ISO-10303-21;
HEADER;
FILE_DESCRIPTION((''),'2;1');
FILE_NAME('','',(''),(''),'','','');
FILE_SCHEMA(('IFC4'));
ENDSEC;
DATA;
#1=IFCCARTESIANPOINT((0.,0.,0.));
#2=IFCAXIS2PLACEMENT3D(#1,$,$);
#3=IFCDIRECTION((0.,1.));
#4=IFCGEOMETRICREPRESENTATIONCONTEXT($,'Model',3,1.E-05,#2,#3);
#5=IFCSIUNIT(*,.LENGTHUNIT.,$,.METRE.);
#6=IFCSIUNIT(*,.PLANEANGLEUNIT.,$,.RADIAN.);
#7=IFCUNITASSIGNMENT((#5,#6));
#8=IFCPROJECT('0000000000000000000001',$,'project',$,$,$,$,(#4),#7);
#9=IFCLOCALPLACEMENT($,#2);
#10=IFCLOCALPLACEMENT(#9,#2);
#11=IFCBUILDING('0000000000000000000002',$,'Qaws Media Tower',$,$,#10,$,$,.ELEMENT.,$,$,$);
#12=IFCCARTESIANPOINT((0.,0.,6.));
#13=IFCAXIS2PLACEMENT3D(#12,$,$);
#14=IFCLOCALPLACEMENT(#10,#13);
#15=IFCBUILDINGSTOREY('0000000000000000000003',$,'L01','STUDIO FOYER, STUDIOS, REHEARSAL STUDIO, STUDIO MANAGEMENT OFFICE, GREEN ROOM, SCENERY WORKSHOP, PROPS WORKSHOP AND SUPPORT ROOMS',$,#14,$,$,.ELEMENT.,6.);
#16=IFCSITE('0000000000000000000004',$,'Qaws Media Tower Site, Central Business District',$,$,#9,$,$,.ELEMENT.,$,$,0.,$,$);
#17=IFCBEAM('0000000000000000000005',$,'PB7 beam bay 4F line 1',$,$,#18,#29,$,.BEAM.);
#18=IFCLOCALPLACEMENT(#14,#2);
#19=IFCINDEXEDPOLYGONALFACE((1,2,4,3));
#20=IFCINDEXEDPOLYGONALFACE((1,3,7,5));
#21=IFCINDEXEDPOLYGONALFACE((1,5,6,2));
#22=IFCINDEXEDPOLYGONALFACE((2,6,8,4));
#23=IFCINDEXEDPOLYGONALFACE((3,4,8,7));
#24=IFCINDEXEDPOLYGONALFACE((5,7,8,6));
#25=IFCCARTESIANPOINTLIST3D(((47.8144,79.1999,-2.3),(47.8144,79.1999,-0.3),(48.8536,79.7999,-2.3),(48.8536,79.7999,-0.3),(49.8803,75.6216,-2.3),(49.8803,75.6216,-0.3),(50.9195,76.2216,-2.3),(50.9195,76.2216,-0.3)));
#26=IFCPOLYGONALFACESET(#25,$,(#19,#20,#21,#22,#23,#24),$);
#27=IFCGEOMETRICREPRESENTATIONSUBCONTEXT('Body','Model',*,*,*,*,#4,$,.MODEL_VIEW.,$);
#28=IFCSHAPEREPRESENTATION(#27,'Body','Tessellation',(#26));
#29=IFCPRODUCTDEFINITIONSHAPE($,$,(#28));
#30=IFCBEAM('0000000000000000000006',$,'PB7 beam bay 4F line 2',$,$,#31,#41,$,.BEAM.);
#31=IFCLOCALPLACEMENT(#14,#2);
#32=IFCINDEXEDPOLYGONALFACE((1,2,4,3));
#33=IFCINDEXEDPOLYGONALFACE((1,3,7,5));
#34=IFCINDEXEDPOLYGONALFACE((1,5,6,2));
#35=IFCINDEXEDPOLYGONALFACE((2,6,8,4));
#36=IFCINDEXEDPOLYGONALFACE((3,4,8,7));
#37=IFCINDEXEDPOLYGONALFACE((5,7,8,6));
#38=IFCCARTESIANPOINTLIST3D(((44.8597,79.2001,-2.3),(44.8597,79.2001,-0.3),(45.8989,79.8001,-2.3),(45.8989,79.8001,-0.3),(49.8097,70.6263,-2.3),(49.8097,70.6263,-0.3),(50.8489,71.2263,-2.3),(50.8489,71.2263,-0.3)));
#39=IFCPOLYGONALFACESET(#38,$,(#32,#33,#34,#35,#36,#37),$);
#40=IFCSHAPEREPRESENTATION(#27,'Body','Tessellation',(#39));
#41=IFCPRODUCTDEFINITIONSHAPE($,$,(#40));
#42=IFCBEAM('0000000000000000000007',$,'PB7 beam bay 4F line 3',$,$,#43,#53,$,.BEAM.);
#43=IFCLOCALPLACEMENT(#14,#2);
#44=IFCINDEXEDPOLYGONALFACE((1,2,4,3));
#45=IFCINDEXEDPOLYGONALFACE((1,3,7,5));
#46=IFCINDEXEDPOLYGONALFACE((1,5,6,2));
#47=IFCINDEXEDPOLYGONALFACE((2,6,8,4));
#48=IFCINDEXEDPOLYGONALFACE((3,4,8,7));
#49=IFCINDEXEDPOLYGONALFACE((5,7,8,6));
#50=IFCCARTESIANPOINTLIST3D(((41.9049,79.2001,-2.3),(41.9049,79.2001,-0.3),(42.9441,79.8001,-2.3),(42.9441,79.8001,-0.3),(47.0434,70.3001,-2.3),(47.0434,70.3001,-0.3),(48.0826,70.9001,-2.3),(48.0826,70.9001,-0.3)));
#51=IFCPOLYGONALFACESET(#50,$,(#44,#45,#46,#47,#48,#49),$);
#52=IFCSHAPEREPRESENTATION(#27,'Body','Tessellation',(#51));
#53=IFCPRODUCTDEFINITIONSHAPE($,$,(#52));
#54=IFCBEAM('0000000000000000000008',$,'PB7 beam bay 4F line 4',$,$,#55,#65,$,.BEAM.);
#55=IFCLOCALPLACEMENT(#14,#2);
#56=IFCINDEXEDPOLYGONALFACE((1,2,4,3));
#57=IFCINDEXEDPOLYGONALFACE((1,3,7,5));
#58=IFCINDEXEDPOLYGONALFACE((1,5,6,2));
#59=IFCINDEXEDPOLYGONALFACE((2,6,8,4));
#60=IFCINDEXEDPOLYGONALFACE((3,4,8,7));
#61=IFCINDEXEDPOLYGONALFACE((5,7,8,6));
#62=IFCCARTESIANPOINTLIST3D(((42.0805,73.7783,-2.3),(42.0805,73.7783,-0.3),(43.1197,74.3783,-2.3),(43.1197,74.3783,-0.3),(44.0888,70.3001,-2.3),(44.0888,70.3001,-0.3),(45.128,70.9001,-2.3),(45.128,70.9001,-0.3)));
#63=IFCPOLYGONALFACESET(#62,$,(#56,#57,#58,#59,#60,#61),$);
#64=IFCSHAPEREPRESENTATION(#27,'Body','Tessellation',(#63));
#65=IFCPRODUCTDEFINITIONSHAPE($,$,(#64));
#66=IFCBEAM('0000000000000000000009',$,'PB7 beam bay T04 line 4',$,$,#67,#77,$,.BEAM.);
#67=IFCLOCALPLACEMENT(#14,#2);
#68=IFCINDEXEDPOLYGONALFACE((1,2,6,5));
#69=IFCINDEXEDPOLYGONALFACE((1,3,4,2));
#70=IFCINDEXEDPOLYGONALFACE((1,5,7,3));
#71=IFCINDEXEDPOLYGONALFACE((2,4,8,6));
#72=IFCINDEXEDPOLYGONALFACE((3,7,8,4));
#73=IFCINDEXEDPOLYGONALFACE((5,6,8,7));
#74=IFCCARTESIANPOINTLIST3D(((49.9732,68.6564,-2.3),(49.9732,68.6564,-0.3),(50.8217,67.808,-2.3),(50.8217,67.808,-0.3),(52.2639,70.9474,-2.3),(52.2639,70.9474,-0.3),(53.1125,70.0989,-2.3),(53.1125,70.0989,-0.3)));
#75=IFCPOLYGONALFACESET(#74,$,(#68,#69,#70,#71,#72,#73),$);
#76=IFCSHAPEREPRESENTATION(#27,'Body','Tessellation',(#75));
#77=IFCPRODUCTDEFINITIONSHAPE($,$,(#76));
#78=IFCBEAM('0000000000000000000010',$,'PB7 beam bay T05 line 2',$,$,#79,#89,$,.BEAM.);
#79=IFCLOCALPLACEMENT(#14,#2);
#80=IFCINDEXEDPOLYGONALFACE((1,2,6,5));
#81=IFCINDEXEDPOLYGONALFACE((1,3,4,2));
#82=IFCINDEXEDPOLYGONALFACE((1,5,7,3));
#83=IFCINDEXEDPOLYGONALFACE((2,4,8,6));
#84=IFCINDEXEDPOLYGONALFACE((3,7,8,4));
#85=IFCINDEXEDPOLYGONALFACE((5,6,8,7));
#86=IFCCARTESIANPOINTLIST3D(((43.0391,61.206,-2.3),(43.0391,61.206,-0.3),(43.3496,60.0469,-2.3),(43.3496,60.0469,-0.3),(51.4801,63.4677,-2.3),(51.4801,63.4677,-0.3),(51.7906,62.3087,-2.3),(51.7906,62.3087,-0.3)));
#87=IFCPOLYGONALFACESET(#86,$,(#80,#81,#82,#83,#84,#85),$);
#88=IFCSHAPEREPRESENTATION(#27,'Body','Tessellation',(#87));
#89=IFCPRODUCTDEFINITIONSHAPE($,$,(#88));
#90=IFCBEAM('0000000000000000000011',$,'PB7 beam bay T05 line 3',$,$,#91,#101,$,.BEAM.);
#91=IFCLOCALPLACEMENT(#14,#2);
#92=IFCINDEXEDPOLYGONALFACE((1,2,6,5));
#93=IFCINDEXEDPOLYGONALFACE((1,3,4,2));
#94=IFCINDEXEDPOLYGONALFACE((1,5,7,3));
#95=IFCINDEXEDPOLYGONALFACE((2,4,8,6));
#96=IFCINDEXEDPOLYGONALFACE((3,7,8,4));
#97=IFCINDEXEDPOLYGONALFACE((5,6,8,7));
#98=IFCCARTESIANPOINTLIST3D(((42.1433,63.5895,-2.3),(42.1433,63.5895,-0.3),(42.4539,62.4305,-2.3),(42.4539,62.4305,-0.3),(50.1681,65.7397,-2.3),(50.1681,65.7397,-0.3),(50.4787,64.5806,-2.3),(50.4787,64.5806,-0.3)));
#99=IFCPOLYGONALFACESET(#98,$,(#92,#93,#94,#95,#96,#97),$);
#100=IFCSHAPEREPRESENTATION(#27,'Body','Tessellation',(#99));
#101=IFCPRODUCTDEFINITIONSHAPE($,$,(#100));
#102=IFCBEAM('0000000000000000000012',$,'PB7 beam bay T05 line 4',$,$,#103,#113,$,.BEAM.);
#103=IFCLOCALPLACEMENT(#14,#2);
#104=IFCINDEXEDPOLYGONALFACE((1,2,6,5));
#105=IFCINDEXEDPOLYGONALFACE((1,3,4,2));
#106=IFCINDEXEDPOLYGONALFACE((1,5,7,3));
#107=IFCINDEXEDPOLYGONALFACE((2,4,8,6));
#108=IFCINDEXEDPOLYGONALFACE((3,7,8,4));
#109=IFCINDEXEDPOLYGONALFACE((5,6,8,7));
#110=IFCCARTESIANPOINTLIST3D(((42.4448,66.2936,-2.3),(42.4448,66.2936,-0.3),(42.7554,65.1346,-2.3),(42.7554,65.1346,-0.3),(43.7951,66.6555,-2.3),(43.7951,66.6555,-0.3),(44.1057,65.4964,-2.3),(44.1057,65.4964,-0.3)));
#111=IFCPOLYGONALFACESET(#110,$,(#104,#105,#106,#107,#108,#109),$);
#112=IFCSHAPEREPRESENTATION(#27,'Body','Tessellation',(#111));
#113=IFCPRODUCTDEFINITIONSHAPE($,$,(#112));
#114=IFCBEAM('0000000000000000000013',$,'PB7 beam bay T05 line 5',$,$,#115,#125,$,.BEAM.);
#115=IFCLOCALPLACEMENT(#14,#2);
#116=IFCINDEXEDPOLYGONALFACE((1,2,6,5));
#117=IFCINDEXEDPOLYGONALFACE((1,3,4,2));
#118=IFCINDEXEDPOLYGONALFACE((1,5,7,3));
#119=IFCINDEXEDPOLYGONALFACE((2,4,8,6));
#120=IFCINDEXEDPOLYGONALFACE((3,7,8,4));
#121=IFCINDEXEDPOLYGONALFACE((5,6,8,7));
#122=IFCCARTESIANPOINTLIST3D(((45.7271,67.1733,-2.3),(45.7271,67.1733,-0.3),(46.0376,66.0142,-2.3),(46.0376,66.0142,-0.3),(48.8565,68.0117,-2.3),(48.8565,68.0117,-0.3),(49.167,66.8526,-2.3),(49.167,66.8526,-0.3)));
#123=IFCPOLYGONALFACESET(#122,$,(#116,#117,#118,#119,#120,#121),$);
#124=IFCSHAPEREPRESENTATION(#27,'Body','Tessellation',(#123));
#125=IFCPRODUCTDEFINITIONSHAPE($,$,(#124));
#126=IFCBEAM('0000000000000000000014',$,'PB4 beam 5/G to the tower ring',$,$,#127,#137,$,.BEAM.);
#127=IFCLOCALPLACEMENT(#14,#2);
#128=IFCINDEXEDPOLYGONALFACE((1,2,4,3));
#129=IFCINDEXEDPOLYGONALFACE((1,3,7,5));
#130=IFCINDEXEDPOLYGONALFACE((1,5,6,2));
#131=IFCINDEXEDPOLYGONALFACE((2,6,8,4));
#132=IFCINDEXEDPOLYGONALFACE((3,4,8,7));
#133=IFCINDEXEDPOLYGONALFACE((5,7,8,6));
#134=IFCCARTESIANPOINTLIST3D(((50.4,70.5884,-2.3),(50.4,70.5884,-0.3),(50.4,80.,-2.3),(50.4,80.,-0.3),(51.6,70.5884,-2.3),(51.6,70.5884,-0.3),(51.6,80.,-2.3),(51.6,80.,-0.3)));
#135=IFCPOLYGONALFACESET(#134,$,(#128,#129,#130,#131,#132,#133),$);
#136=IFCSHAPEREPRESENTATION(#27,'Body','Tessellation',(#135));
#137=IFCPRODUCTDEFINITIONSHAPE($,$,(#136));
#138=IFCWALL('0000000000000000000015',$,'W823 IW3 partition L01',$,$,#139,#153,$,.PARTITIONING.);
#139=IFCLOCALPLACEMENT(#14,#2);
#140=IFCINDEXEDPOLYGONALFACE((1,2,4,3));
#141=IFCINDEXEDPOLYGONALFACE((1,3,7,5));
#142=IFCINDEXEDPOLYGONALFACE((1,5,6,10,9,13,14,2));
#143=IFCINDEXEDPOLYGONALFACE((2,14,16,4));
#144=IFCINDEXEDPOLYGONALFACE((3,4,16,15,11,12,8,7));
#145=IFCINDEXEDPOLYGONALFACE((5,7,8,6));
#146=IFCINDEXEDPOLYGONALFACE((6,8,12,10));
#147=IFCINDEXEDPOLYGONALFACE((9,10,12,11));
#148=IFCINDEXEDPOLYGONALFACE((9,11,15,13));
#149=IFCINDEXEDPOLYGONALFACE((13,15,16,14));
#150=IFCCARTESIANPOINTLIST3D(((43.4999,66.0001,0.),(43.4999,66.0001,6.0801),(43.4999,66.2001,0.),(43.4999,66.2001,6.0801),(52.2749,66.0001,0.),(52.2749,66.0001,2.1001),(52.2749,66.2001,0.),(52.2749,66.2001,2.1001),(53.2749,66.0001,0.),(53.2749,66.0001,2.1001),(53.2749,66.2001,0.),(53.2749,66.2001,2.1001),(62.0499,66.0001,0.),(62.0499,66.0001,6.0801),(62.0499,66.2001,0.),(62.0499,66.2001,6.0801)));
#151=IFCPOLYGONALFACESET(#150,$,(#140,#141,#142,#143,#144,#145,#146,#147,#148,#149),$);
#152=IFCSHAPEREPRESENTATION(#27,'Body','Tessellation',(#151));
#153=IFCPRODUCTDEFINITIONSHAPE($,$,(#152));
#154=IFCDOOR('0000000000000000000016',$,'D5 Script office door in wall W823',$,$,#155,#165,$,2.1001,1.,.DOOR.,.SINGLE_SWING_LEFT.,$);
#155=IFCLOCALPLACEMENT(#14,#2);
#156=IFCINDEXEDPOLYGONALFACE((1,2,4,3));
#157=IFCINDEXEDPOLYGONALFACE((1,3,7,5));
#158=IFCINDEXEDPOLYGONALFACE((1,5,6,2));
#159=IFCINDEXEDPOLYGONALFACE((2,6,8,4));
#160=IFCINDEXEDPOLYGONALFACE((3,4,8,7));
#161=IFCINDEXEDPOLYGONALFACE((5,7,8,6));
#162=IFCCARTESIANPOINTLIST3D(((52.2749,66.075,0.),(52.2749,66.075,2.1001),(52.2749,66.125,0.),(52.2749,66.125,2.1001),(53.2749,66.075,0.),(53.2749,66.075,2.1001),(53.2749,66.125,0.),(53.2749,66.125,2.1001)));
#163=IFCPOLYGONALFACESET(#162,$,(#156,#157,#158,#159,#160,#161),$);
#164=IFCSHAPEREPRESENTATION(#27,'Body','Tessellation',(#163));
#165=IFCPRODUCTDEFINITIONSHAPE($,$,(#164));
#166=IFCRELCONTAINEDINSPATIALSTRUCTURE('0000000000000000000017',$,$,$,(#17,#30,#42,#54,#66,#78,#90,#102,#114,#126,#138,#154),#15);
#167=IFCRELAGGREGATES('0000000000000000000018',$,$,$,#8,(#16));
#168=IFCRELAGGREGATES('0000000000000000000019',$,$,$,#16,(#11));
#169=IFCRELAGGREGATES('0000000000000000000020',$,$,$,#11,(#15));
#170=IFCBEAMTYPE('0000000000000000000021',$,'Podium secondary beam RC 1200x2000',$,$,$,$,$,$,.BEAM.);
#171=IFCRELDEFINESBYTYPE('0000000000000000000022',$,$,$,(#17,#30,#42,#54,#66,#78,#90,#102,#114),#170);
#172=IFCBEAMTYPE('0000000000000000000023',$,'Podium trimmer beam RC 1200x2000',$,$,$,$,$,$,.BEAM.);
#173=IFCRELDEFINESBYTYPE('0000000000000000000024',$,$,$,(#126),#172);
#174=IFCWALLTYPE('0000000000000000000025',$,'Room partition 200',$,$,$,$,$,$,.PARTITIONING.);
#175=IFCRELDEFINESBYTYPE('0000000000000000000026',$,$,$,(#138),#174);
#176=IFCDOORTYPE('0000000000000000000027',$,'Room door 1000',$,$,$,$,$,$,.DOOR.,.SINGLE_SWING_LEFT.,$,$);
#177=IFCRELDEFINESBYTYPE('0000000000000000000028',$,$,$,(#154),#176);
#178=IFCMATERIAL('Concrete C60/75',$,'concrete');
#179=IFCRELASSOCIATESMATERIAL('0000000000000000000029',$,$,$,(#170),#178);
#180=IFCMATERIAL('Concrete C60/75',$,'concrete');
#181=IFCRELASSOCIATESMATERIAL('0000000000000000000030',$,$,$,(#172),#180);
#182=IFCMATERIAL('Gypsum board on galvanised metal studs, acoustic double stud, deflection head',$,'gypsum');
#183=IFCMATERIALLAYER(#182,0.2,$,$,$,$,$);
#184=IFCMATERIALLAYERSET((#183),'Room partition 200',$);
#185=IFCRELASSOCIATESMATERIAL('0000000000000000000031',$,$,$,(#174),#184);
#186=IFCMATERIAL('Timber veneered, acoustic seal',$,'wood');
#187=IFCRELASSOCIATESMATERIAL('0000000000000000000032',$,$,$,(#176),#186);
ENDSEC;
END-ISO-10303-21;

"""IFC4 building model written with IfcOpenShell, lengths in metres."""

from ifc_helpers import new_model, si_unit, direction, frame, frame_2d, origin, origin_2d, place, context, subcontext, project, spatial, rectangle, extrude, material, layer, layer_set, material_profile, profile_set, type_object, element, fill, save


model = new_model("IFC4")

# Units and contexts
model_context = context("Model", 3, precision=1e-05, world=origin(), true_north=direction((0.0, 1.0)))
body_context = subcontext(model_context, "Body", "Model", "MODEL_VIEW")
ifc_project = project(units=[si_unit("LENGTHUNIT", "METRE"), si_unit("PLANEANGLEUNIT", "RADIAN")], contexts=[model_context])

# Site, building, storey
site_placement = place(None, origin())
site = spatial("IfcSite", under=ifc_project, at=site_placement, Name="Qaws Media Tower Site, Central Business District", CompositionType="ELEMENT", RefElevation=0.0)
building_placement = place(site_placement, origin())
building = spatial("IfcBuilding", under=site, at=building_placement, Name="Qaws Media Tower", CompositionType="ELEMENT")
storey_placement = place(building_placement, frame((0.0, 0.0, 6.0)))
storey = spatial("IfcBuildingStorey", under=building, at=storey_placement, Name="L01", Description="STUDIO FOYER, STUDIOS, REHEARSAL STUDIO, STUDIO MANAGEMENT OFFICE, GREEN ROOM, SCENERY WORKSHOP, PROPS WORKSHOP AND SUPPORT ROOMS", CompositionType="ELEMENT", Elevation=6.0)

# Beams
ifc_material_1 = material(Name="Concrete C60/75", Category="concrete")
ifc_material_profile_1 = material_profile(ifc_material_1, rectangle(XDim=1.2, YDim=2.0, at=origin_2d()), Name="RC 1200x2000")
ifc_profile_set_1 = profile_set([ifc_material_profile_1], Name="Concrete C60/75")
beam_type_1 = type_object("IfcBeamType", Name="Podium secondary beam RC 1200x2000", PredefinedType="BEAM", material=ifc_profile_set_1)
beam_1_placement = place(storey_placement, frame((50.3999, 75.9216, -1.3), z_axis=(-0.49999, 0.866031, 0.0), x_axis=(-0.866031, -0.49999, 0.0)))
element("IfcBeam", 1, at=beam_1_placement, inside=storey, type_object=beam_type_1, Name="PB7 beam bay 4F line 1", PredefinedType="BEAM", context=body_context, shape_type="SweptSolid", body=[
    extrude(rectangle(XDim=1.2, YDim=2.0, at=origin_2d()), origin(), (0.0, 0.0, 1.0), 4.1318),
])
beam_2_placement = place(storey_placement, frame((50.3293, 70.9263, -1.3), z_axis=(-0.499993, 0.86603, 0.0), x_axis=(-0.86603, -0.499993, 0.0)))
element("IfcBeam", 2, at=beam_2_placement, inside=storey, type_object=beam_type_1, Name="PB7 beam bay 4F line 2", PredefinedType="BEAM", context=body_context, shape_type="SweptSolid", body=[
    extrude(rectangle(XDim=1.2, YDim=2.0, at=origin_2d()), origin(), (0.0, 0.0, 1.0), 9.9001),
])
beam_3_placement = place(storey_placement, frame((47.563, 70.6001, -1.3), z_axis=(-0.500005, 0.866023, 0.0), x_axis=(-0.866023, -0.500005, 0.0)))
element("IfcBeam", 3, at=beam_3_placement, inside=storey, type_object=beam_type_1, Name="PB7 beam bay 4F line 3", PredefinedType="BEAM", context=body_context, shape_type="SweptSolid", body=[
    extrude(rectangle(XDim=1.2, YDim=2.0, at=origin_2d()), origin(), (0.0, 0.0, 1.0), 10.2769),
])
beam_4_placement = place(storey_placement, frame((44.6084, 70.6001, -1.3), z_axis=(-0.500022, 0.866012, 0.0), x_axis=(-0.866012, -0.500022, 0.0)))
element("IfcBeam", 4, at=beam_4_placement, inside=storey, type_object=beam_type_1, Name="PB7 beam bay 4F line 4", PredefinedType="BEAM", context=body_context, shape_type="SweptSolid", body=[
    extrude(rectangle(XDim=1.2, YDim=2.0, at=origin_2d()), origin(), (0.0, 0.0, 1.0), 4.0164),
])
beam_5_placement = place(storey_placement, frame((50.3975, 68.2322, -1.3), z_axis=(0.707069, 0.707144, 0.0), x_axis=(-0.707144, 0.707069, 0.0)))
element("IfcBeam", 5, at=beam_5_placement, inside=storey, type_object=beam_type_1, Name="PB7 beam bay T04 line 4", PredefinedType="BEAM", context=body_context, shape_type="SweptSolid", body=[
    extrude(rectangle(XDim=1.2, YDim=2.0, at=origin_2d()), origin(), (0.0, 0.0, 1.0), 3.2397),
])
beam_6_placement = place(storey_placement, frame((43.1943, 60.6265, -1.3), z_axis=(0.965926, 0.258817, 0.0), x_axis=(-0.258817, 0.965926, 0.0)))
element("IfcBeam", 6, at=beam_6_placement, inside=storey, type_object=beam_type_1, Name="PB7 beam bay T05 line 2", PredefinedType="BEAM", context=body_context, shape_type="SweptSolid", body=[
    extrude(rectangle(XDim=1.2, YDim=2.0, at=origin_2d()), origin(), (0.0, 0.0, 1.0), 8.7388),
])
beam_7_placement = place(storey_placement, frame((42.2986, 63.01, -1.3), z_axis=(0.965929, 0.258806, 0.0), x_axis=(-0.258806, 0.965929, 0.0)))
element("IfcBeam", 7, at=beam_7_placement, inside=storey, type_object=beam_type_1, Name="PB7 beam bay T05 line 3", PredefinedType="BEAM", context=body_context, shape_type="SweptSolid", body=[
    extrude(rectangle(XDim=1.2, YDim=2.0, at=origin_2d()), origin(), (0.0, 0.0, 1.0), 8.3079),
])
beam_8_placement = place(storey_placement, frame((42.6001, 65.7141, -1.3), z_axis=(0.965927, 0.258815, 0.0), x_axis=(-0.258815, 0.965927, 0.0)))
element("IfcBeam", 8, at=beam_8_placement, inside=storey, type_object=beam_type_1, Name="PB7 beam bay T05 line 4", PredefinedType="BEAM", context=body_context, shape_type="SweptSolid", body=[
    extrude(rectangle(XDim=1.2, YDim=2.0, at=origin_2d()), origin(), (0.0, 0.0, 1.0), 1.3979),
])
beam_9_placement = place(storey_placement, frame((45.8823, 66.5938, -1.3), z_axis=(0.965937, 0.258779, 0.0), x_axis=(-0.258779, 0.965937, 0.0)))
element("IfcBeam", 9, at=beam_9_placement, inside=storey, type_object=beam_type_1, Name="PB7 beam bay T05 line 5", PredefinedType="BEAM", context=body_context, shape_type="SweptSolid", body=[
    extrude(rectangle(XDim=1.2, YDim=2.0, at=origin_2d()), origin(), (0.0, 0.0, 1.0), 3.2397),
])
ifc_material_2 = material(Name="Concrete C60/75", Category="concrete")
ifc_material_profile_2 = material_profile(ifc_material_2, rectangle(XDim=1.2, YDim=2.0, at=origin_2d()), Name="RC 1200x2000")
ifc_profile_set_2 = profile_set([ifc_material_profile_2], Name="Concrete C60/75")
beam_type_2 = type_object("IfcBeamType", Name="Podium trimmer beam RC 1200x2000", PredefinedType="BEAM", material=ifc_profile_set_2)
beam_10_placement = place(storey_placement, frame((51.0, 80.0, -1.3), z_axis=(0.0, -1.0, 0.0), x_axis=(1.0, 0.0, 0.0)))
element("IfcBeam", 10, at=beam_10_placement, inside=storey, type_object=beam_type_2, Name="PB4 beam 5/G to the tower ring", PredefinedType="BEAM", context=body_context, shape_type="SweptSolid", body=[
    extrude(rectangle(XDim=1.2, YDim=2.0, at=origin_2d()), origin(), (0.0, 0.0, 1.0), 9.4116),
])

# Shared definitions
ifc_material_3 = material(Name="Gypsum board on galvanised metal studs, acoustic double stud, deflection head", Category="gypsum")
ifc_layer = layer(ifc_material_3, 0.2)
ifc_layer_set = layer_set([ifc_layer], Name="Room partition 200")
wall_type = type_object("IfcWallType", Name="Room partition 200", PredefinedType="PARTITIONING", material=ifc_layer_set)

# Wall, opening, door
wall_1_placement = place(storey_placement, frame((43.5, 66.1001, 0.0), z_axis=(0.0, 0.0, 1.0), x_axis=(1.0, 0.0, 0.0)))
wall_1 = element("IfcWall", 11, at=wall_1_placement, inside=storey, type_object=wall_type, Name="W823 IW3 partition L01", PredefinedType="PARTITIONING", context=body_context, shape_type="SweptSolid", body=[
    extrude(rectangle(XDim=18.55, YDim=0.2, at=frame_2d((9.2749, 0.0))), origin(), (0.0, 0.0, 1.0), 6.0801),
])
opening_1_placement = place(wall_1_placement, frame((8.7749, 0.0, 0.0)))
opening_1 = element("IfcOpeningElement", 12, at=opening_1_placement, cuts=wall_1, PredefinedType="OPENING", context=body_context, shape_type="SweptSolid", body=[
    extrude(rectangle(XDim=1.0, YDim=2.1001, at=frame_2d((0.5, 1.05))), frame((0.0, 0.1099, 0.0), z_axis=(0.0, -1.0, 0.0), x_axis=(1.0, 0.0, 0.0)), (0.0, 0.0, 1.0), 0.22),
])
ifc_material_4 = material(Name="Timber veneered, acoustic seal", Category="wood")
door_type = type_object("IfcDoorType", Name="Room door 1000", OperationType="SINGLE_SWING_LEFT", PredefinedType="DOOR", material=ifc_material_4)
door_1_placement = place(opening_1_placement, origin())
door_1 = element("IfcDoor", 13, at=door_1_placement, inside=storey, type_object=door_type, Name="D5 Script office door in wall W823", OperationType="SINGLE_SWING_LEFT", OverallHeight=2.1001, OverallWidth=1.0, PredefinedType="DOOR", context=body_context, shape_type="SweptSolid", body=[
    extrude(rectangle(XDim=1.0, YDim=2.1001, at=frame_2d((0.5, 1.05))), frame((0.0, 0.0249, 0.0), z_axis=(0.0, -1.0, 0.0), x_axis=(1.0, 0.0, 0.0)), (0.0, 0.0, 1.0), 0.05),
])
fill(opening_1, door_1)

save(model, "model.ifc")
